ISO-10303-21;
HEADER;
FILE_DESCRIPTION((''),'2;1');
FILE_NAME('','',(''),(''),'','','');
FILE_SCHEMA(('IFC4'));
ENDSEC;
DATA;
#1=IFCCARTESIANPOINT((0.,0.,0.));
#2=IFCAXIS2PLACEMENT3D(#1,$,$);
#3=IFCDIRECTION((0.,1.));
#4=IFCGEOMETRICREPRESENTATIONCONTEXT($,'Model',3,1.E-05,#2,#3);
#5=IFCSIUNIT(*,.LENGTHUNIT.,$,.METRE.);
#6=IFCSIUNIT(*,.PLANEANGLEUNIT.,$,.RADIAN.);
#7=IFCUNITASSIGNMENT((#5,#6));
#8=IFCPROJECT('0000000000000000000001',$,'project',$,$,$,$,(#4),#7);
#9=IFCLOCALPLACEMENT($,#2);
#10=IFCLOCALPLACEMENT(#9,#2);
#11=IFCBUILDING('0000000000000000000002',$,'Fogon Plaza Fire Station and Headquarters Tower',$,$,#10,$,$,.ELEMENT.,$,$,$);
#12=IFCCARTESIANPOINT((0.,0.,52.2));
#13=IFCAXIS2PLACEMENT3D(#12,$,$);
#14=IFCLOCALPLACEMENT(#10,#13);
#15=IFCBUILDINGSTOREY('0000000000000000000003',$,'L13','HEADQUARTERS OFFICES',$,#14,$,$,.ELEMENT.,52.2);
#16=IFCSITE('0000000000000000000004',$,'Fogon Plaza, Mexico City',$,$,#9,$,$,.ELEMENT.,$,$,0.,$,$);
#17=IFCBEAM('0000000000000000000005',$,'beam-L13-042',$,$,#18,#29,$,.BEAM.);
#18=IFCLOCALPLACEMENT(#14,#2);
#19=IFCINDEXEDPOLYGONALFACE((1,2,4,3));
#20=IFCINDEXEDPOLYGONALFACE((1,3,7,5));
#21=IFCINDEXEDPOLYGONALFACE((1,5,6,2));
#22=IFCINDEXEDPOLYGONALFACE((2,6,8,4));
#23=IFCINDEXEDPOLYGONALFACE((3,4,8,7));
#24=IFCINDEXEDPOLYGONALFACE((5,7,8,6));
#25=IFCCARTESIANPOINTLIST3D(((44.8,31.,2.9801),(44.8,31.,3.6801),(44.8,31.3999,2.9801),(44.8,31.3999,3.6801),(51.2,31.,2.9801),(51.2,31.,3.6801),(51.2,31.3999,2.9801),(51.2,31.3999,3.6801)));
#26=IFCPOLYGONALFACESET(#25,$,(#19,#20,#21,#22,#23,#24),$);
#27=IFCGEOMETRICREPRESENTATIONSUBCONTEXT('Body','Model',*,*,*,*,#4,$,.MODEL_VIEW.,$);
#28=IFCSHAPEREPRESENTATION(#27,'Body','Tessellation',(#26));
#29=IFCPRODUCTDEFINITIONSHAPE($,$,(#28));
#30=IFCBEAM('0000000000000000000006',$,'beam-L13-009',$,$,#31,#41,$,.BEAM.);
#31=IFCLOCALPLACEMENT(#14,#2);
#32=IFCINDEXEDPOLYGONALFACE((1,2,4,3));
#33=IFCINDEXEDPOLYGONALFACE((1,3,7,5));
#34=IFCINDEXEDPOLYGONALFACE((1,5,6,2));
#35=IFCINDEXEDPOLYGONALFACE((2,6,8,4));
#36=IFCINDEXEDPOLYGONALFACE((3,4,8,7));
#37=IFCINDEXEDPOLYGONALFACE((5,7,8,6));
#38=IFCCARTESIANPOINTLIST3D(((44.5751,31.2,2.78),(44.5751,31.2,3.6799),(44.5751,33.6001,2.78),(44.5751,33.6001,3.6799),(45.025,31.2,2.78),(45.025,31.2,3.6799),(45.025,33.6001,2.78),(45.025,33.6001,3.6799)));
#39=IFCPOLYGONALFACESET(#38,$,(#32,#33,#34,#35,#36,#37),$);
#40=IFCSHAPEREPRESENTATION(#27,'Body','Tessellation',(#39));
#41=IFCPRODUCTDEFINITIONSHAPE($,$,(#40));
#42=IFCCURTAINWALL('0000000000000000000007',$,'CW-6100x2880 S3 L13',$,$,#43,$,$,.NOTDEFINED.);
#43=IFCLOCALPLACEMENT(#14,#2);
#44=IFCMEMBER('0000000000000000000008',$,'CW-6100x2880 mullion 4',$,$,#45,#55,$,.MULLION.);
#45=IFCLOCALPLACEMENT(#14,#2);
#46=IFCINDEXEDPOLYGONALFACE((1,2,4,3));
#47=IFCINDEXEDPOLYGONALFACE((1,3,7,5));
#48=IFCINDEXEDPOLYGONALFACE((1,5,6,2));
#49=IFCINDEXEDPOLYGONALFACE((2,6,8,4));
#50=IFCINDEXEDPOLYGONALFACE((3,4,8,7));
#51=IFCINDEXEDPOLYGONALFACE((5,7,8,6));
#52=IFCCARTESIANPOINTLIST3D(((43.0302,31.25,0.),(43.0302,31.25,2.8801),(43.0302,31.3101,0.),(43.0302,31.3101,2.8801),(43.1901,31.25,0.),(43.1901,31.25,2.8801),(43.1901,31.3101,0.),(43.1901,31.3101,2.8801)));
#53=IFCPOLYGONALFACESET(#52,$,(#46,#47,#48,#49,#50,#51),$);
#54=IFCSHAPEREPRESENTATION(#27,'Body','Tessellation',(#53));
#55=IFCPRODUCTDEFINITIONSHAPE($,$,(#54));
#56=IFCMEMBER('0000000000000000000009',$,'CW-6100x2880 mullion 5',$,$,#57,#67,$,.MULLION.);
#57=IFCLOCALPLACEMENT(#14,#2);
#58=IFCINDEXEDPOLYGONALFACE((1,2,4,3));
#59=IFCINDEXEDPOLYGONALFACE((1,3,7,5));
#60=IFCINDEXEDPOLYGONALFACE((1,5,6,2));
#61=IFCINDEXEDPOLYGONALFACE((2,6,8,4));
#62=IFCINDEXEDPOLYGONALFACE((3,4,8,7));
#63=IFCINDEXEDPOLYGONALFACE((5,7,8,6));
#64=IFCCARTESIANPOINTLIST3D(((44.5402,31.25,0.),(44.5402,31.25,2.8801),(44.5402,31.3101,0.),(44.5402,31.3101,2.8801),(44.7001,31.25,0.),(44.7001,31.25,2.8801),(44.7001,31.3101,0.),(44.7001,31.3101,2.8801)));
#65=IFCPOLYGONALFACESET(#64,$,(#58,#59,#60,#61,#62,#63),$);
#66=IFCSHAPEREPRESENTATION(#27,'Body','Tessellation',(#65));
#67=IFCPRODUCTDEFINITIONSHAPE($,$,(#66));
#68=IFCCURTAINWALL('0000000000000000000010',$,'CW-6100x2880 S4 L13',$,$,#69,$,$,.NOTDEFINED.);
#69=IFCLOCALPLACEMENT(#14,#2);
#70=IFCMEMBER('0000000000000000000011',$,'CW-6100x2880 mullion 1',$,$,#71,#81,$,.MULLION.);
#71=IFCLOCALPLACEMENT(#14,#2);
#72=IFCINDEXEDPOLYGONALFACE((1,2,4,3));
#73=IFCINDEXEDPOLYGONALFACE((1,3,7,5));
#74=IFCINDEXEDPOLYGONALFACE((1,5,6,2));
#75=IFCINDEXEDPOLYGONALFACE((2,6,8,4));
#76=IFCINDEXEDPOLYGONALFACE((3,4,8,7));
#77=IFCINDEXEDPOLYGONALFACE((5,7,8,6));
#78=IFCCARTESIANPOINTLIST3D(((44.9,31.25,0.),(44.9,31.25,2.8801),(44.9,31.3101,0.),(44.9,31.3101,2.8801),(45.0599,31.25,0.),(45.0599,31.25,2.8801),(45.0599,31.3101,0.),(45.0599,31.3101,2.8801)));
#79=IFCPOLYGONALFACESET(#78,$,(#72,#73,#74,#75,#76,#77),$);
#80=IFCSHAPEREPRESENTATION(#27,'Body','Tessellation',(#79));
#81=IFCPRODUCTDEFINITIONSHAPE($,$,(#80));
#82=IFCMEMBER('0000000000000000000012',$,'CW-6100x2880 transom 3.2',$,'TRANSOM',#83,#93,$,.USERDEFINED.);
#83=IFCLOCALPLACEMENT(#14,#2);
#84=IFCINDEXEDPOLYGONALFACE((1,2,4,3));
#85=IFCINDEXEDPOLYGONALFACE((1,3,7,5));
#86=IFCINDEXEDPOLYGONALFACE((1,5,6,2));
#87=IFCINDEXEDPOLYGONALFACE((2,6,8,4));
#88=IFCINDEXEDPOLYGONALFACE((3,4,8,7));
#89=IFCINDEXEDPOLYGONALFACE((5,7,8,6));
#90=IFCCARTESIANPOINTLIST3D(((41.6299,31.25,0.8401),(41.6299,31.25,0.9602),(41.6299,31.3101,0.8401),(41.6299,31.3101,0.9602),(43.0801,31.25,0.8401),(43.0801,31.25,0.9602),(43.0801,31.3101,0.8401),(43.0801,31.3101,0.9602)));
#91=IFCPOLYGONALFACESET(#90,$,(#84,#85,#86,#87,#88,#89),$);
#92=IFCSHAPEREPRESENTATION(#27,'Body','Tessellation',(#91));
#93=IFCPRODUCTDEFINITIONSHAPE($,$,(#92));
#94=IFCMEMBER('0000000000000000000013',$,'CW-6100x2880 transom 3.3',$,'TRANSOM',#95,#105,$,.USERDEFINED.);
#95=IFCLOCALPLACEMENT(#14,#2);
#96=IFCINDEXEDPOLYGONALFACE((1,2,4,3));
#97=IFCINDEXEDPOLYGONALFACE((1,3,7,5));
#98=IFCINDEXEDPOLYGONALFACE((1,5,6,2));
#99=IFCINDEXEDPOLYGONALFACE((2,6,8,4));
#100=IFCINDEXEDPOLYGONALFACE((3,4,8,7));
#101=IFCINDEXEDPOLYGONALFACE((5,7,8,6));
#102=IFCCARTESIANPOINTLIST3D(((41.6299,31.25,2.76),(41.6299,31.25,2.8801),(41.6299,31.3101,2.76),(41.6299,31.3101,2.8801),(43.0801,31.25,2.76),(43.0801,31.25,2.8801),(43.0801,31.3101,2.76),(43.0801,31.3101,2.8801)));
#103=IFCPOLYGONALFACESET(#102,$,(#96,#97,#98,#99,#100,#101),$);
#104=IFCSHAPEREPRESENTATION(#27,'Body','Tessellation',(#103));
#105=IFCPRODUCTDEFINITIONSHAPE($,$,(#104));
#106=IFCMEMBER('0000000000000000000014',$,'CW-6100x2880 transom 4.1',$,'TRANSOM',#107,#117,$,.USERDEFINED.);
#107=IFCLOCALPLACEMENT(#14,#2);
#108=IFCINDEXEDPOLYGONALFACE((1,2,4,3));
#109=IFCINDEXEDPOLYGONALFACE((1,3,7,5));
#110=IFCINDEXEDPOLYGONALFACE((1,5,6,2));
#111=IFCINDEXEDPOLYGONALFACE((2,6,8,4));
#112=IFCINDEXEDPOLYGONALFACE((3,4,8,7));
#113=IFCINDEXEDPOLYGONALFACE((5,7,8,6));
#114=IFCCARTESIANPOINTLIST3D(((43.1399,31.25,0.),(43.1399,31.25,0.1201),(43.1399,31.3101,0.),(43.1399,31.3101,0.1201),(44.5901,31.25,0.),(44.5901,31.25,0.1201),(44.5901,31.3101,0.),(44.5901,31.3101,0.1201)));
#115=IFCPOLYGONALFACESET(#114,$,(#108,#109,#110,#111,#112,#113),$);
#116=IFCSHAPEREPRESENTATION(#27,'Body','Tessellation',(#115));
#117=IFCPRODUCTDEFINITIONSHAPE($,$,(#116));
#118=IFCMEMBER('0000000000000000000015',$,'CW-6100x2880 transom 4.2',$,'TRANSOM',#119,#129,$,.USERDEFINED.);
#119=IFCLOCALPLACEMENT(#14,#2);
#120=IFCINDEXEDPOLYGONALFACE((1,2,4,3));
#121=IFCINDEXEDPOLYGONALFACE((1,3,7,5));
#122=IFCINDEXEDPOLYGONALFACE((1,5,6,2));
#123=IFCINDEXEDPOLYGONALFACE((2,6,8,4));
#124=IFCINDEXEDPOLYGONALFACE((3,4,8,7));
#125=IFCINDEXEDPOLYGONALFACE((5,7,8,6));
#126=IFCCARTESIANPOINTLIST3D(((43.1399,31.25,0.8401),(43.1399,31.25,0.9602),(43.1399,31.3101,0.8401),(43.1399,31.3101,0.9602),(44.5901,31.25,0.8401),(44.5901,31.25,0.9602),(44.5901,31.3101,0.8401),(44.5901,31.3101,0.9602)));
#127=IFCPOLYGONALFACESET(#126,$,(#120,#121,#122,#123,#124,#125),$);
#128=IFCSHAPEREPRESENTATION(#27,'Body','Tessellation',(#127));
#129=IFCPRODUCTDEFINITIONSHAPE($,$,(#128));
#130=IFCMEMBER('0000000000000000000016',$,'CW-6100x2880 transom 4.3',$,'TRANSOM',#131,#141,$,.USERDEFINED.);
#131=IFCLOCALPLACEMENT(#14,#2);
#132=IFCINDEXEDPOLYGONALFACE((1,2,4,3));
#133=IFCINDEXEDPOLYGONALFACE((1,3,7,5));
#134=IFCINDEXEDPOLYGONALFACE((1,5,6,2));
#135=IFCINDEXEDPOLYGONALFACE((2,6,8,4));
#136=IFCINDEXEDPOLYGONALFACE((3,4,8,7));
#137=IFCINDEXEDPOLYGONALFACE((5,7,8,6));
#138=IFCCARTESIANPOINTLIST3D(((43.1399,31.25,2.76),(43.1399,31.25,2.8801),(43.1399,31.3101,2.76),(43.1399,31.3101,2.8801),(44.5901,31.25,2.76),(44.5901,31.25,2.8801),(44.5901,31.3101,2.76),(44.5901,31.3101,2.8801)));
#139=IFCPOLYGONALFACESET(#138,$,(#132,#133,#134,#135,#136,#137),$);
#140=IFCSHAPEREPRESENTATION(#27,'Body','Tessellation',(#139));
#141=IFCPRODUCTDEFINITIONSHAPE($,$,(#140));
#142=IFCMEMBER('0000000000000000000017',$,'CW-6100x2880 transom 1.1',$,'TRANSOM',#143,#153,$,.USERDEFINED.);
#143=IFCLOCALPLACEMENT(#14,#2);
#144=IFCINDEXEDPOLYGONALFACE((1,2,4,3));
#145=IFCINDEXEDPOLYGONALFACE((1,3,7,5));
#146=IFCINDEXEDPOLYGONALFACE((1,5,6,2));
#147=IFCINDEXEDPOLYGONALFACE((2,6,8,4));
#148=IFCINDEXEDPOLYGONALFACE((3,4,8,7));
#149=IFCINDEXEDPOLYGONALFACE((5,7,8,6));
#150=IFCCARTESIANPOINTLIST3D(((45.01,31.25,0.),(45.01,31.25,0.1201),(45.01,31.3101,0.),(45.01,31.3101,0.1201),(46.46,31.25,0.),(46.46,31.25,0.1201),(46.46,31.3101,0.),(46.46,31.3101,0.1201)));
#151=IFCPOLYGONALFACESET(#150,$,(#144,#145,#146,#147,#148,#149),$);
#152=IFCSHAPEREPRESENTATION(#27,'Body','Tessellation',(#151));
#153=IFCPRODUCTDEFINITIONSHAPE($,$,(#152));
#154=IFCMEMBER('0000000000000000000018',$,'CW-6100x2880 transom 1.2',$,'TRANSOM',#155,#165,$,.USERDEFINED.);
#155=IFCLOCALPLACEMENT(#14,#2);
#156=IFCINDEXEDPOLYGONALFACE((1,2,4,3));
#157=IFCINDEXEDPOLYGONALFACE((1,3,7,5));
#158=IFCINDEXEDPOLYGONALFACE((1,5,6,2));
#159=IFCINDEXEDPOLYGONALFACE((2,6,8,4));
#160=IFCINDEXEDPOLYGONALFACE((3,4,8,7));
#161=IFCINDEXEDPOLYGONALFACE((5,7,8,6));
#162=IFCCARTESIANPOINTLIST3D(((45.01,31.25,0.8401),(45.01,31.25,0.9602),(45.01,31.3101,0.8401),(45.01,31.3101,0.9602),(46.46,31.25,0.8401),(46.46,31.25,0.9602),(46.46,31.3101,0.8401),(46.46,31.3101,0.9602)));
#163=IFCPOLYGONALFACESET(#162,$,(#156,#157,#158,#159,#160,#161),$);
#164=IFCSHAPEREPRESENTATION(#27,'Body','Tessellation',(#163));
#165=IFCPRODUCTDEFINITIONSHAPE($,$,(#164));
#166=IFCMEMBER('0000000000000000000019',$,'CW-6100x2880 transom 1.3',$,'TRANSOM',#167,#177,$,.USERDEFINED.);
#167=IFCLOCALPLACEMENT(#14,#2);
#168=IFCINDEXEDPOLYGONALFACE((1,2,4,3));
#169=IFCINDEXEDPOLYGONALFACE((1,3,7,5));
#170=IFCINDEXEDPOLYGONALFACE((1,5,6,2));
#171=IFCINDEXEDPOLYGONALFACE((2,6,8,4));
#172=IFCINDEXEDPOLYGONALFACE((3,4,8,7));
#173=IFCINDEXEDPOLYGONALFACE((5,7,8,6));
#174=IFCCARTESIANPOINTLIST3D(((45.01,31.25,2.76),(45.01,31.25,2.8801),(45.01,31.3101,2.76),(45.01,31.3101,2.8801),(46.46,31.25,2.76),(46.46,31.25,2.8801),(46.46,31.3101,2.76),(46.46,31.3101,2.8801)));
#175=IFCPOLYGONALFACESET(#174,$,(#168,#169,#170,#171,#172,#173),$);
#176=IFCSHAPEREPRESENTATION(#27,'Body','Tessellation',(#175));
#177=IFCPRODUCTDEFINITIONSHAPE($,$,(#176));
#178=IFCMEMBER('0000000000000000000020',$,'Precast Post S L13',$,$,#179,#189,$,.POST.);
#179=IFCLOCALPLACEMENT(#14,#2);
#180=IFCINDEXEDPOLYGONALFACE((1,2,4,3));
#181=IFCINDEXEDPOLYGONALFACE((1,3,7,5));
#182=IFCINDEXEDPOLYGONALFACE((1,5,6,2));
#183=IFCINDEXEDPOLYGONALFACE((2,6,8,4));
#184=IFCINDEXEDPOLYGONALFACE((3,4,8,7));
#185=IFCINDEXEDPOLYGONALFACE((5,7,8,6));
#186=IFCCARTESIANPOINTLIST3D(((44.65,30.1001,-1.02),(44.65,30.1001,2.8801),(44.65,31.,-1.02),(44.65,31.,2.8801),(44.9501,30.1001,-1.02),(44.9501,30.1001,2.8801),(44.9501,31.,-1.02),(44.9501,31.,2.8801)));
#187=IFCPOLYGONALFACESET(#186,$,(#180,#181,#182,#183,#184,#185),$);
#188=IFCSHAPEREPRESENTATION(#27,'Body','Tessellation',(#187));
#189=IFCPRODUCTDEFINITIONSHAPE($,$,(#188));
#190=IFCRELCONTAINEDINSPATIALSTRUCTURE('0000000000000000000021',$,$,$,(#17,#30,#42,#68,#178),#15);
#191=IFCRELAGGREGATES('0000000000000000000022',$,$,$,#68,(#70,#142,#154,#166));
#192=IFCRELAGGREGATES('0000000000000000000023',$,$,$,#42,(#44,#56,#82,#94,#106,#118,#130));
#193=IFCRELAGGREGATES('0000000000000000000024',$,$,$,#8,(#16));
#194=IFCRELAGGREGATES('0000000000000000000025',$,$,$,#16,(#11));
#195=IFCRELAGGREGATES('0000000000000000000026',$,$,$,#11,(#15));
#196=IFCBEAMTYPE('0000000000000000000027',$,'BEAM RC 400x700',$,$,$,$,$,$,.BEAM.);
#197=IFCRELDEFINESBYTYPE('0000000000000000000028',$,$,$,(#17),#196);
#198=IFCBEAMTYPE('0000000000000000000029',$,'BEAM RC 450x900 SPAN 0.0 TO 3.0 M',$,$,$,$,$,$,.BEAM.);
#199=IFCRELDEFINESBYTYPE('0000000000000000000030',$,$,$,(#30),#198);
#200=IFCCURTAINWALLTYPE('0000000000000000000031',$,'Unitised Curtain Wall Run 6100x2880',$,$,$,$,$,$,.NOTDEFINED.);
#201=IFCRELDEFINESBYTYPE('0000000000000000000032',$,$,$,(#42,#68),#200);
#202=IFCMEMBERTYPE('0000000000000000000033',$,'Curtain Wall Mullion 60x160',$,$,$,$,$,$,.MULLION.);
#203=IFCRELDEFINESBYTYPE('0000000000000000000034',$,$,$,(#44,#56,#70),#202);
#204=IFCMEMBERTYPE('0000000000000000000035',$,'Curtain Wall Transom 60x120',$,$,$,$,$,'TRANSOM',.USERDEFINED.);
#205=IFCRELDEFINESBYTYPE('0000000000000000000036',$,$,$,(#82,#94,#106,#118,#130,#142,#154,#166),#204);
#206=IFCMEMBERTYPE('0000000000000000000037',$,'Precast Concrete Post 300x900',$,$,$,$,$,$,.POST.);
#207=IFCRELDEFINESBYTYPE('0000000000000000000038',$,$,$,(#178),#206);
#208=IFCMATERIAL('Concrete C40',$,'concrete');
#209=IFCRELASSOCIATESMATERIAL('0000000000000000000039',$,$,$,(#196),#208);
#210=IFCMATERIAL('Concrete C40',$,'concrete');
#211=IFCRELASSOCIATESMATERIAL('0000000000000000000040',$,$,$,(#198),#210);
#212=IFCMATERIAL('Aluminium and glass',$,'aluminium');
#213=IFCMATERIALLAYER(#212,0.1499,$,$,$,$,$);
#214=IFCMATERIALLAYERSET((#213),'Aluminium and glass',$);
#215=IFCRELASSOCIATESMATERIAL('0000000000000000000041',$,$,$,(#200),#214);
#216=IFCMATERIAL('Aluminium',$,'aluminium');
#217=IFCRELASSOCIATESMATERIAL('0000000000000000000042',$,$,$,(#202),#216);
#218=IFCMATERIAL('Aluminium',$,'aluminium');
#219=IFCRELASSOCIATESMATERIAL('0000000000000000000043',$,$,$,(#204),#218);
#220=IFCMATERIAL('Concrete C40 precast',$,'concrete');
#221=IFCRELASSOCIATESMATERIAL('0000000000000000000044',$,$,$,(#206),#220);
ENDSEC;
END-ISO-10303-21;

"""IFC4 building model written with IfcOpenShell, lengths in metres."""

from ifc_helpers import new_model, si_unit, direction, frame, origin, origin_2d, place, context, subcontext, project, spatial, rectangle, extrude, material, layer, layer_set, material_profile, profile_set, type_object, element, aggregate, save


model = new_model("IFC4")

# Units and contexts
model_context = context("Model", 3, precision=1e-05, world=origin(), true_north=direction((0.0, 1.0)))
body_context = subcontext(model_context, "Body", "Model", "MODEL_VIEW")
ifc_project = project(units=[si_unit("LENGTHUNIT", "METRE"), si_unit("PLANEANGLEUNIT", "RADIAN")], contexts=[model_context])

# Site, building, storey
site_placement = place(None, origin())
site = spatial("IfcSite", under=ifc_project, at=site_placement, Name="Fogon Plaza, Mexico City", CompositionType="ELEMENT", RefElevation=0.0)
building_placement = place(site_placement, origin())
building = spatial("IfcBuilding", under=site, at=building_placement, Name="Fogon Plaza Fire Station and Headquarters Tower", CompositionType="ELEMENT")
storey_placement = place(building_placement, frame((0.0, 0.0, 52.2)))
storey = spatial("IfcBuildingStorey", under=building, at=storey_placement, Name="L13", Description="HEADQUARTERS OFFICES", CompositionType="ELEMENT", Elevation=52.2)

# Beams
ifc_material_1 = material(Name="Concrete C40", Category="concrete")
ifc_material_profile_1 = material_profile(ifc_material_1, rectangle(XDim=0.3999, YDim=0.7, at=origin_2d()), Name="RC 400x700")
ifc_profile_set_1 = profile_set([ifc_material_profile_1], Name="Concrete C40")
beam_type_1 = type_object("IfcBeamType", Name="BEAM RC 400x700", PredefinedType="BEAM", material=ifc_profile_set_1)
beam_1_placement = place(storey_placement, frame((44.8, 31.2, 3.3301), z_axis=(1.0, 0.0, 0.0), x_axis=(0.0, 1.0, 0.0)))
element("IfcBeam", 1, at=beam_1_placement, inside=storey, type_object=beam_type_1, Name="beam-L13-042", PredefinedType="BEAM", context=body_context, shape_type="SweptSolid", body=[
    extrude(rectangle(XDim=0.3999, YDim=0.7, at=origin_2d()), origin(), (0.0, 0.0, 1.0), 6.3999),
])
ifc_material_2 = material(Name="Concrete C40", Category="concrete")
ifc_material_profile_2 = material_profile(ifc_material_2, rectangle(XDim=0.45, YDim=0.8999, at=origin_2d()), Name="RC 450x900")
ifc_profile_set_2 = profile_set([ifc_material_profile_2], Name="Concrete C40")
beam_type_2 = type_object("IfcBeamType", Name="BEAM RC 450x900 SPAN 0.0 TO 3.0 M", PredefinedType="BEAM", material=ifc_profile_set_2)
beam_2_placement = place(storey_placement, frame((44.8, 31.2, 3.23), z_axis=(0.0, 1.0, 0.0), x_axis=(-1.0, 0.0, 0.0)))
element("IfcBeam", 2, at=beam_2_placement, inside=storey, type_object=beam_type_2, Name="beam-L13-009", PredefinedType="BEAM", context=body_context, shape_type="SweptSolid", body=[
    extrude(rectangle(XDim=0.45, YDim=0.8999, at=origin_2d()), origin(), (0.0, 0.0, 1.0), 2.4001),
])

# Curtain wall, members
ifc_material_3 = material(Name="Aluminium and glass", Category="aluminium")
ifc_layer_1 = layer(ifc_material_3, 0.1499)
ifc_layer_set_1 = layer_set([ifc_layer_1], Name="Aluminium and glass")
curtain_wall_type = type_object("IfcCurtainWallType", Name="Unitised Curtain Wall Run 6100x2880", PredefinedType="NOTDEFINED", material=ifc_layer_set_1)
curtain_wall_1_placement = place(storey_placement, origin())
curtain_wall_1 = element("IfcCurtainWall", 3, at=curtain_wall_1_placement, inside=storey, type_object=curtain_wall_type, Name="CW-6100x2880 S3 L13", PredefinedType="NOTDEFINED")
ifc_material_4 = material(Name="Aluminium", Category="aluminium")
ifc_material_profile_3 = material_profile(ifc_material_4, rectangle(XDim=0.0601, YDim=0.1599, at=origin_2d()), Name="Curtain Wall Mullion 60x160")
ifc_profile_set_3 = profile_set([ifc_material_profile_3], Name="Aluminium")
member_type_1 = type_object("IfcMemberType", Name="Curtain Wall Mullion 60x160", PredefinedType="MULLION", material=ifc_profile_set_3)
member_1_placement = place(storey_placement, frame((43.1101, 31.28, 0.0), z_axis=(0.0, 0.0, 1.0), x_axis=(0.0, 1.0, 0.0)))
member_1 = element("IfcMember", 4, at=member_1_placement, type_object=member_type_1, Name="CW-6100x2880 mullion 4", PredefinedType="MULLION", context=body_context, shape_type="SweptSolid", body=[
    extrude(rectangle(XDim=0.0601, YDim=0.1599, at=origin_2d()), origin(), (0.0, 0.0, 1.0), 2.8801),
])
member_2_placement = place(storey_placement, frame((44.6201, 31.28, 0.0), z_axis=(0.0, 0.0, 1.0), x_axis=(0.0, 1.0, 0.0)))
member_2 = element("IfcMember", 5, at=member_2_placement, type_object=member_type_1, Name="CW-6100x2880 mullion 5", PredefinedType="MULLION", context=body_context, shape_type="SweptSolid", body=[
    extrude(rectangle(XDim=0.0601, YDim=0.1599, at=origin_2d()), origin(), (0.0, 0.0, 1.0), 2.8801),
])

# Curtain wall, member
curtain_wall_2_placement = place(storey_placement, origin())
curtain_wall_2 = element("IfcCurtainWall", 6, at=curtain_wall_2_placement, inside=storey, type_object=curtain_wall_type, Name="CW-6100x2880 S4 L13", PredefinedType="NOTDEFINED")
member_3_placement = place(storey_placement, frame((44.98, 31.28, 0.0), z_axis=(0.0, 0.0, 1.0), x_axis=(0.0, 1.0, 0.0)))
member_3 = element("IfcMember", 7, at=member_3_placement, type_object=member_type_1, Name="CW-6100x2880 mullion 1", PredefinedType="MULLION", context=body_context, shape_type="SweptSolid", body=[
    extrude(rectangle(XDim=0.0601, YDim=0.1599, at=origin_2d()), origin(), (0.0, 0.0, 1.0), 2.8801),
])

# Members
ifc_material_5 = material(Name="Aluminium", Category="aluminium")
ifc_material_profile_4 = material_profile(ifc_material_5, rectangle(XDim=0.0601, YDim=0.1201, at=origin_2d()), Name="Curtain Wall Transom 60x120")
ifc_profile_set_4 = profile_set([ifc_material_profile_4], Name="Aluminium")
member_type_2 = type_object("IfcMemberType", Name="Curtain Wall Transom 60x120", ElementType="TRANSOM", PredefinedType="USERDEFINED", material=ifc_profile_set_4)
member_4_placement = place(storey_placement, frame((41.6299, 31.28, 0.9001), z_axis=(1.0, 0.0, 0.0), x_axis=(0.0, 1.0, 0.0)))
member_4 = element("IfcMember", 8, at=member_4_placement, type_object=member_type_2, Name="CW-6100x2880 transom 3.2", ObjectType="TRANSOM", PredefinedType="USERDEFINED", context=body_context, shape_type="SweptSolid", body=[
    extrude(rectangle(XDim=0.0601, YDim=0.1201, at=origin_2d()), origin(), (0.0, 0.0, 1.0), 1.4502),
])
member_5_placement = place(storey_placement, frame((41.6299, 31.28, 2.8201), z_axis=(1.0, 0.0, 0.0), x_axis=(0.0, 1.0, 0.0)))
member_5 = element("IfcMember", 9, at=member_5_placement, type_object=member_type_2, Name="CW-6100x2880 transom 3.3", ObjectType="TRANSOM", PredefinedType="USERDEFINED", context=body_context, shape_type="SweptSolid", body=[
    extrude(rectangle(XDim=0.0601, YDim=0.1201, at=origin_2d()), origin(), (0.0, 0.0, 1.0), 1.4502),
])
member_6_placement = place(storey_placement, frame((43.1399, 31.28, 0.0601), z_axis=(1.0, 0.0, 0.0), x_axis=(0.0, 1.0, 0.0)))
member_6 = element("IfcMember", 10, at=member_6_placement, type_object=member_type_2, Name="CW-6100x2880 transom 4.1", ObjectType="TRANSOM", PredefinedType="USERDEFINED", context=body_context, shape_type="SweptSolid", body=[
    extrude(rectangle(XDim=0.0601, YDim=0.1201, at=origin_2d()), origin(), (0.0, 0.0, 1.0), 1.4502),
])
member_7_placement = place(storey_placement, frame((43.1399, 31.28, 0.9001), z_axis=(1.0, 0.0, 0.0), x_axis=(0.0, 1.0, 0.0)))
member_7 = element("IfcMember", 11, at=member_7_placement, type_object=member_type_2, Name="CW-6100x2880 transom 4.2", ObjectType="TRANSOM", PredefinedType="USERDEFINED", context=body_context, shape_type="SweptSolid", body=[
    extrude(rectangle(XDim=0.0601, YDim=0.1201, at=origin_2d()), origin(), (0.0, 0.0, 1.0), 1.4502),
])
member_8_placement = place(storey_placement, frame((43.1399, 31.28, 2.8201), z_axis=(1.0, 0.0, 0.0), x_axis=(0.0, 1.0, 0.0)))
member_8 = element("IfcMember", 12, at=member_8_placement, type_object=member_type_2, Name="CW-6100x2880 transom 4.3", ObjectType="TRANSOM", PredefinedType="USERDEFINED", context=body_context, shape_type="SweptSolid", body=[
    extrude(rectangle(XDim=0.0601, YDim=0.1201, at=origin_2d()), origin(), (0.0, 0.0, 1.0), 1.4502),
])
member_9_placement = place(storey_placement, frame((45.01, 31.28, 0.0601), z_axis=(1.0, 0.0, 0.0), x_axis=(0.0, 1.0, 0.0)))
member_9 = element("IfcMember", 13, at=member_9_placement, type_object=member_type_2, Name="CW-6100x2880 transom 1.1", ObjectType="TRANSOM", PredefinedType="USERDEFINED", context=body_context, shape_type="SweptSolid", body=[
    extrude(rectangle(XDim=0.0601, YDim=0.1201, at=origin_2d()), origin(), (0.0, 0.0, 1.0), 1.45),
])
member_10_placement = place(storey_placement, frame((45.01, 31.28, 0.9001), z_axis=(1.0, 0.0, 0.0), x_axis=(0.0, 1.0, 0.0)))
member_10 = element("IfcMember", 14, at=member_10_placement, type_object=member_type_2, Name="CW-6100x2880 transom 1.2", ObjectType="TRANSOM", PredefinedType="USERDEFINED", context=body_context, shape_type="SweptSolid", body=[
    extrude(rectangle(XDim=0.0601, YDim=0.1201, at=origin_2d()), origin(), (0.0, 0.0, 1.0), 1.45),
])
member_11_placement = place(storey_placement, frame((45.01, 31.28, 2.8201), z_axis=(1.0, 0.0, 0.0), x_axis=(0.0, 1.0, 0.0)))
member_11 = element("IfcMember", 15, at=member_11_placement, type_object=member_type_2, Name="CW-6100x2880 transom 1.3", ObjectType="TRANSOM", PredefinedType="USERDEFINED", context=body_context, shape_type="SweptSolid", body=[
    extrude(rectangle(XDim=0.0601, YDim=0.1201, at=origin_2d()), origin(), (0.0, 0.0, 1.0), 1.45),
])
ifc_material_6 = material(Name="Concrete C40 precast", Category="concrete")
ifc_material_profile_5 = material_profile(ifc_material_6, rectangle(XDim=0.3, YDim=0.8999, at=origin_2d()), Name="Precast Concrete Post 300x900")
ifc_profile_set_5 = profile_set([ifc_material_profile_5], Name="Concrete C40 precast")
member_type_3 = type_object("IfcMemberType", Name="Precast Concrete Post 300x900", PredefinedType="POST", material=ifc_profile_set_5)
member_12_placement = place(storey_placement, frame((44.8, 30.55, -1.02), z_axis=(0.0, 0.0, 1.0), x_axis=(1.0, 0.0, 0.0)))
element("IfcMember", 16, at=member_12_placement, inside=storey, type_object=member_type_3, Name="Precast Post S L13", PredefinedType="POST", context=body_context, shape_type="SweptSolid", body=[
    extrude(rectangle(XDim=0.3, YDim=0.8999, at=origin_2d()), origin(), (0.0, 0.0, 1.0), 3.9001),
])

aggregate(curtain_wall_2, [member_3, member_9, member_10, member_11])
aggregate(curtain_wall_1, [member_1, member_2, member_4, member_5, member_6, member_7, member_8])

save(model, "model.ifc")
